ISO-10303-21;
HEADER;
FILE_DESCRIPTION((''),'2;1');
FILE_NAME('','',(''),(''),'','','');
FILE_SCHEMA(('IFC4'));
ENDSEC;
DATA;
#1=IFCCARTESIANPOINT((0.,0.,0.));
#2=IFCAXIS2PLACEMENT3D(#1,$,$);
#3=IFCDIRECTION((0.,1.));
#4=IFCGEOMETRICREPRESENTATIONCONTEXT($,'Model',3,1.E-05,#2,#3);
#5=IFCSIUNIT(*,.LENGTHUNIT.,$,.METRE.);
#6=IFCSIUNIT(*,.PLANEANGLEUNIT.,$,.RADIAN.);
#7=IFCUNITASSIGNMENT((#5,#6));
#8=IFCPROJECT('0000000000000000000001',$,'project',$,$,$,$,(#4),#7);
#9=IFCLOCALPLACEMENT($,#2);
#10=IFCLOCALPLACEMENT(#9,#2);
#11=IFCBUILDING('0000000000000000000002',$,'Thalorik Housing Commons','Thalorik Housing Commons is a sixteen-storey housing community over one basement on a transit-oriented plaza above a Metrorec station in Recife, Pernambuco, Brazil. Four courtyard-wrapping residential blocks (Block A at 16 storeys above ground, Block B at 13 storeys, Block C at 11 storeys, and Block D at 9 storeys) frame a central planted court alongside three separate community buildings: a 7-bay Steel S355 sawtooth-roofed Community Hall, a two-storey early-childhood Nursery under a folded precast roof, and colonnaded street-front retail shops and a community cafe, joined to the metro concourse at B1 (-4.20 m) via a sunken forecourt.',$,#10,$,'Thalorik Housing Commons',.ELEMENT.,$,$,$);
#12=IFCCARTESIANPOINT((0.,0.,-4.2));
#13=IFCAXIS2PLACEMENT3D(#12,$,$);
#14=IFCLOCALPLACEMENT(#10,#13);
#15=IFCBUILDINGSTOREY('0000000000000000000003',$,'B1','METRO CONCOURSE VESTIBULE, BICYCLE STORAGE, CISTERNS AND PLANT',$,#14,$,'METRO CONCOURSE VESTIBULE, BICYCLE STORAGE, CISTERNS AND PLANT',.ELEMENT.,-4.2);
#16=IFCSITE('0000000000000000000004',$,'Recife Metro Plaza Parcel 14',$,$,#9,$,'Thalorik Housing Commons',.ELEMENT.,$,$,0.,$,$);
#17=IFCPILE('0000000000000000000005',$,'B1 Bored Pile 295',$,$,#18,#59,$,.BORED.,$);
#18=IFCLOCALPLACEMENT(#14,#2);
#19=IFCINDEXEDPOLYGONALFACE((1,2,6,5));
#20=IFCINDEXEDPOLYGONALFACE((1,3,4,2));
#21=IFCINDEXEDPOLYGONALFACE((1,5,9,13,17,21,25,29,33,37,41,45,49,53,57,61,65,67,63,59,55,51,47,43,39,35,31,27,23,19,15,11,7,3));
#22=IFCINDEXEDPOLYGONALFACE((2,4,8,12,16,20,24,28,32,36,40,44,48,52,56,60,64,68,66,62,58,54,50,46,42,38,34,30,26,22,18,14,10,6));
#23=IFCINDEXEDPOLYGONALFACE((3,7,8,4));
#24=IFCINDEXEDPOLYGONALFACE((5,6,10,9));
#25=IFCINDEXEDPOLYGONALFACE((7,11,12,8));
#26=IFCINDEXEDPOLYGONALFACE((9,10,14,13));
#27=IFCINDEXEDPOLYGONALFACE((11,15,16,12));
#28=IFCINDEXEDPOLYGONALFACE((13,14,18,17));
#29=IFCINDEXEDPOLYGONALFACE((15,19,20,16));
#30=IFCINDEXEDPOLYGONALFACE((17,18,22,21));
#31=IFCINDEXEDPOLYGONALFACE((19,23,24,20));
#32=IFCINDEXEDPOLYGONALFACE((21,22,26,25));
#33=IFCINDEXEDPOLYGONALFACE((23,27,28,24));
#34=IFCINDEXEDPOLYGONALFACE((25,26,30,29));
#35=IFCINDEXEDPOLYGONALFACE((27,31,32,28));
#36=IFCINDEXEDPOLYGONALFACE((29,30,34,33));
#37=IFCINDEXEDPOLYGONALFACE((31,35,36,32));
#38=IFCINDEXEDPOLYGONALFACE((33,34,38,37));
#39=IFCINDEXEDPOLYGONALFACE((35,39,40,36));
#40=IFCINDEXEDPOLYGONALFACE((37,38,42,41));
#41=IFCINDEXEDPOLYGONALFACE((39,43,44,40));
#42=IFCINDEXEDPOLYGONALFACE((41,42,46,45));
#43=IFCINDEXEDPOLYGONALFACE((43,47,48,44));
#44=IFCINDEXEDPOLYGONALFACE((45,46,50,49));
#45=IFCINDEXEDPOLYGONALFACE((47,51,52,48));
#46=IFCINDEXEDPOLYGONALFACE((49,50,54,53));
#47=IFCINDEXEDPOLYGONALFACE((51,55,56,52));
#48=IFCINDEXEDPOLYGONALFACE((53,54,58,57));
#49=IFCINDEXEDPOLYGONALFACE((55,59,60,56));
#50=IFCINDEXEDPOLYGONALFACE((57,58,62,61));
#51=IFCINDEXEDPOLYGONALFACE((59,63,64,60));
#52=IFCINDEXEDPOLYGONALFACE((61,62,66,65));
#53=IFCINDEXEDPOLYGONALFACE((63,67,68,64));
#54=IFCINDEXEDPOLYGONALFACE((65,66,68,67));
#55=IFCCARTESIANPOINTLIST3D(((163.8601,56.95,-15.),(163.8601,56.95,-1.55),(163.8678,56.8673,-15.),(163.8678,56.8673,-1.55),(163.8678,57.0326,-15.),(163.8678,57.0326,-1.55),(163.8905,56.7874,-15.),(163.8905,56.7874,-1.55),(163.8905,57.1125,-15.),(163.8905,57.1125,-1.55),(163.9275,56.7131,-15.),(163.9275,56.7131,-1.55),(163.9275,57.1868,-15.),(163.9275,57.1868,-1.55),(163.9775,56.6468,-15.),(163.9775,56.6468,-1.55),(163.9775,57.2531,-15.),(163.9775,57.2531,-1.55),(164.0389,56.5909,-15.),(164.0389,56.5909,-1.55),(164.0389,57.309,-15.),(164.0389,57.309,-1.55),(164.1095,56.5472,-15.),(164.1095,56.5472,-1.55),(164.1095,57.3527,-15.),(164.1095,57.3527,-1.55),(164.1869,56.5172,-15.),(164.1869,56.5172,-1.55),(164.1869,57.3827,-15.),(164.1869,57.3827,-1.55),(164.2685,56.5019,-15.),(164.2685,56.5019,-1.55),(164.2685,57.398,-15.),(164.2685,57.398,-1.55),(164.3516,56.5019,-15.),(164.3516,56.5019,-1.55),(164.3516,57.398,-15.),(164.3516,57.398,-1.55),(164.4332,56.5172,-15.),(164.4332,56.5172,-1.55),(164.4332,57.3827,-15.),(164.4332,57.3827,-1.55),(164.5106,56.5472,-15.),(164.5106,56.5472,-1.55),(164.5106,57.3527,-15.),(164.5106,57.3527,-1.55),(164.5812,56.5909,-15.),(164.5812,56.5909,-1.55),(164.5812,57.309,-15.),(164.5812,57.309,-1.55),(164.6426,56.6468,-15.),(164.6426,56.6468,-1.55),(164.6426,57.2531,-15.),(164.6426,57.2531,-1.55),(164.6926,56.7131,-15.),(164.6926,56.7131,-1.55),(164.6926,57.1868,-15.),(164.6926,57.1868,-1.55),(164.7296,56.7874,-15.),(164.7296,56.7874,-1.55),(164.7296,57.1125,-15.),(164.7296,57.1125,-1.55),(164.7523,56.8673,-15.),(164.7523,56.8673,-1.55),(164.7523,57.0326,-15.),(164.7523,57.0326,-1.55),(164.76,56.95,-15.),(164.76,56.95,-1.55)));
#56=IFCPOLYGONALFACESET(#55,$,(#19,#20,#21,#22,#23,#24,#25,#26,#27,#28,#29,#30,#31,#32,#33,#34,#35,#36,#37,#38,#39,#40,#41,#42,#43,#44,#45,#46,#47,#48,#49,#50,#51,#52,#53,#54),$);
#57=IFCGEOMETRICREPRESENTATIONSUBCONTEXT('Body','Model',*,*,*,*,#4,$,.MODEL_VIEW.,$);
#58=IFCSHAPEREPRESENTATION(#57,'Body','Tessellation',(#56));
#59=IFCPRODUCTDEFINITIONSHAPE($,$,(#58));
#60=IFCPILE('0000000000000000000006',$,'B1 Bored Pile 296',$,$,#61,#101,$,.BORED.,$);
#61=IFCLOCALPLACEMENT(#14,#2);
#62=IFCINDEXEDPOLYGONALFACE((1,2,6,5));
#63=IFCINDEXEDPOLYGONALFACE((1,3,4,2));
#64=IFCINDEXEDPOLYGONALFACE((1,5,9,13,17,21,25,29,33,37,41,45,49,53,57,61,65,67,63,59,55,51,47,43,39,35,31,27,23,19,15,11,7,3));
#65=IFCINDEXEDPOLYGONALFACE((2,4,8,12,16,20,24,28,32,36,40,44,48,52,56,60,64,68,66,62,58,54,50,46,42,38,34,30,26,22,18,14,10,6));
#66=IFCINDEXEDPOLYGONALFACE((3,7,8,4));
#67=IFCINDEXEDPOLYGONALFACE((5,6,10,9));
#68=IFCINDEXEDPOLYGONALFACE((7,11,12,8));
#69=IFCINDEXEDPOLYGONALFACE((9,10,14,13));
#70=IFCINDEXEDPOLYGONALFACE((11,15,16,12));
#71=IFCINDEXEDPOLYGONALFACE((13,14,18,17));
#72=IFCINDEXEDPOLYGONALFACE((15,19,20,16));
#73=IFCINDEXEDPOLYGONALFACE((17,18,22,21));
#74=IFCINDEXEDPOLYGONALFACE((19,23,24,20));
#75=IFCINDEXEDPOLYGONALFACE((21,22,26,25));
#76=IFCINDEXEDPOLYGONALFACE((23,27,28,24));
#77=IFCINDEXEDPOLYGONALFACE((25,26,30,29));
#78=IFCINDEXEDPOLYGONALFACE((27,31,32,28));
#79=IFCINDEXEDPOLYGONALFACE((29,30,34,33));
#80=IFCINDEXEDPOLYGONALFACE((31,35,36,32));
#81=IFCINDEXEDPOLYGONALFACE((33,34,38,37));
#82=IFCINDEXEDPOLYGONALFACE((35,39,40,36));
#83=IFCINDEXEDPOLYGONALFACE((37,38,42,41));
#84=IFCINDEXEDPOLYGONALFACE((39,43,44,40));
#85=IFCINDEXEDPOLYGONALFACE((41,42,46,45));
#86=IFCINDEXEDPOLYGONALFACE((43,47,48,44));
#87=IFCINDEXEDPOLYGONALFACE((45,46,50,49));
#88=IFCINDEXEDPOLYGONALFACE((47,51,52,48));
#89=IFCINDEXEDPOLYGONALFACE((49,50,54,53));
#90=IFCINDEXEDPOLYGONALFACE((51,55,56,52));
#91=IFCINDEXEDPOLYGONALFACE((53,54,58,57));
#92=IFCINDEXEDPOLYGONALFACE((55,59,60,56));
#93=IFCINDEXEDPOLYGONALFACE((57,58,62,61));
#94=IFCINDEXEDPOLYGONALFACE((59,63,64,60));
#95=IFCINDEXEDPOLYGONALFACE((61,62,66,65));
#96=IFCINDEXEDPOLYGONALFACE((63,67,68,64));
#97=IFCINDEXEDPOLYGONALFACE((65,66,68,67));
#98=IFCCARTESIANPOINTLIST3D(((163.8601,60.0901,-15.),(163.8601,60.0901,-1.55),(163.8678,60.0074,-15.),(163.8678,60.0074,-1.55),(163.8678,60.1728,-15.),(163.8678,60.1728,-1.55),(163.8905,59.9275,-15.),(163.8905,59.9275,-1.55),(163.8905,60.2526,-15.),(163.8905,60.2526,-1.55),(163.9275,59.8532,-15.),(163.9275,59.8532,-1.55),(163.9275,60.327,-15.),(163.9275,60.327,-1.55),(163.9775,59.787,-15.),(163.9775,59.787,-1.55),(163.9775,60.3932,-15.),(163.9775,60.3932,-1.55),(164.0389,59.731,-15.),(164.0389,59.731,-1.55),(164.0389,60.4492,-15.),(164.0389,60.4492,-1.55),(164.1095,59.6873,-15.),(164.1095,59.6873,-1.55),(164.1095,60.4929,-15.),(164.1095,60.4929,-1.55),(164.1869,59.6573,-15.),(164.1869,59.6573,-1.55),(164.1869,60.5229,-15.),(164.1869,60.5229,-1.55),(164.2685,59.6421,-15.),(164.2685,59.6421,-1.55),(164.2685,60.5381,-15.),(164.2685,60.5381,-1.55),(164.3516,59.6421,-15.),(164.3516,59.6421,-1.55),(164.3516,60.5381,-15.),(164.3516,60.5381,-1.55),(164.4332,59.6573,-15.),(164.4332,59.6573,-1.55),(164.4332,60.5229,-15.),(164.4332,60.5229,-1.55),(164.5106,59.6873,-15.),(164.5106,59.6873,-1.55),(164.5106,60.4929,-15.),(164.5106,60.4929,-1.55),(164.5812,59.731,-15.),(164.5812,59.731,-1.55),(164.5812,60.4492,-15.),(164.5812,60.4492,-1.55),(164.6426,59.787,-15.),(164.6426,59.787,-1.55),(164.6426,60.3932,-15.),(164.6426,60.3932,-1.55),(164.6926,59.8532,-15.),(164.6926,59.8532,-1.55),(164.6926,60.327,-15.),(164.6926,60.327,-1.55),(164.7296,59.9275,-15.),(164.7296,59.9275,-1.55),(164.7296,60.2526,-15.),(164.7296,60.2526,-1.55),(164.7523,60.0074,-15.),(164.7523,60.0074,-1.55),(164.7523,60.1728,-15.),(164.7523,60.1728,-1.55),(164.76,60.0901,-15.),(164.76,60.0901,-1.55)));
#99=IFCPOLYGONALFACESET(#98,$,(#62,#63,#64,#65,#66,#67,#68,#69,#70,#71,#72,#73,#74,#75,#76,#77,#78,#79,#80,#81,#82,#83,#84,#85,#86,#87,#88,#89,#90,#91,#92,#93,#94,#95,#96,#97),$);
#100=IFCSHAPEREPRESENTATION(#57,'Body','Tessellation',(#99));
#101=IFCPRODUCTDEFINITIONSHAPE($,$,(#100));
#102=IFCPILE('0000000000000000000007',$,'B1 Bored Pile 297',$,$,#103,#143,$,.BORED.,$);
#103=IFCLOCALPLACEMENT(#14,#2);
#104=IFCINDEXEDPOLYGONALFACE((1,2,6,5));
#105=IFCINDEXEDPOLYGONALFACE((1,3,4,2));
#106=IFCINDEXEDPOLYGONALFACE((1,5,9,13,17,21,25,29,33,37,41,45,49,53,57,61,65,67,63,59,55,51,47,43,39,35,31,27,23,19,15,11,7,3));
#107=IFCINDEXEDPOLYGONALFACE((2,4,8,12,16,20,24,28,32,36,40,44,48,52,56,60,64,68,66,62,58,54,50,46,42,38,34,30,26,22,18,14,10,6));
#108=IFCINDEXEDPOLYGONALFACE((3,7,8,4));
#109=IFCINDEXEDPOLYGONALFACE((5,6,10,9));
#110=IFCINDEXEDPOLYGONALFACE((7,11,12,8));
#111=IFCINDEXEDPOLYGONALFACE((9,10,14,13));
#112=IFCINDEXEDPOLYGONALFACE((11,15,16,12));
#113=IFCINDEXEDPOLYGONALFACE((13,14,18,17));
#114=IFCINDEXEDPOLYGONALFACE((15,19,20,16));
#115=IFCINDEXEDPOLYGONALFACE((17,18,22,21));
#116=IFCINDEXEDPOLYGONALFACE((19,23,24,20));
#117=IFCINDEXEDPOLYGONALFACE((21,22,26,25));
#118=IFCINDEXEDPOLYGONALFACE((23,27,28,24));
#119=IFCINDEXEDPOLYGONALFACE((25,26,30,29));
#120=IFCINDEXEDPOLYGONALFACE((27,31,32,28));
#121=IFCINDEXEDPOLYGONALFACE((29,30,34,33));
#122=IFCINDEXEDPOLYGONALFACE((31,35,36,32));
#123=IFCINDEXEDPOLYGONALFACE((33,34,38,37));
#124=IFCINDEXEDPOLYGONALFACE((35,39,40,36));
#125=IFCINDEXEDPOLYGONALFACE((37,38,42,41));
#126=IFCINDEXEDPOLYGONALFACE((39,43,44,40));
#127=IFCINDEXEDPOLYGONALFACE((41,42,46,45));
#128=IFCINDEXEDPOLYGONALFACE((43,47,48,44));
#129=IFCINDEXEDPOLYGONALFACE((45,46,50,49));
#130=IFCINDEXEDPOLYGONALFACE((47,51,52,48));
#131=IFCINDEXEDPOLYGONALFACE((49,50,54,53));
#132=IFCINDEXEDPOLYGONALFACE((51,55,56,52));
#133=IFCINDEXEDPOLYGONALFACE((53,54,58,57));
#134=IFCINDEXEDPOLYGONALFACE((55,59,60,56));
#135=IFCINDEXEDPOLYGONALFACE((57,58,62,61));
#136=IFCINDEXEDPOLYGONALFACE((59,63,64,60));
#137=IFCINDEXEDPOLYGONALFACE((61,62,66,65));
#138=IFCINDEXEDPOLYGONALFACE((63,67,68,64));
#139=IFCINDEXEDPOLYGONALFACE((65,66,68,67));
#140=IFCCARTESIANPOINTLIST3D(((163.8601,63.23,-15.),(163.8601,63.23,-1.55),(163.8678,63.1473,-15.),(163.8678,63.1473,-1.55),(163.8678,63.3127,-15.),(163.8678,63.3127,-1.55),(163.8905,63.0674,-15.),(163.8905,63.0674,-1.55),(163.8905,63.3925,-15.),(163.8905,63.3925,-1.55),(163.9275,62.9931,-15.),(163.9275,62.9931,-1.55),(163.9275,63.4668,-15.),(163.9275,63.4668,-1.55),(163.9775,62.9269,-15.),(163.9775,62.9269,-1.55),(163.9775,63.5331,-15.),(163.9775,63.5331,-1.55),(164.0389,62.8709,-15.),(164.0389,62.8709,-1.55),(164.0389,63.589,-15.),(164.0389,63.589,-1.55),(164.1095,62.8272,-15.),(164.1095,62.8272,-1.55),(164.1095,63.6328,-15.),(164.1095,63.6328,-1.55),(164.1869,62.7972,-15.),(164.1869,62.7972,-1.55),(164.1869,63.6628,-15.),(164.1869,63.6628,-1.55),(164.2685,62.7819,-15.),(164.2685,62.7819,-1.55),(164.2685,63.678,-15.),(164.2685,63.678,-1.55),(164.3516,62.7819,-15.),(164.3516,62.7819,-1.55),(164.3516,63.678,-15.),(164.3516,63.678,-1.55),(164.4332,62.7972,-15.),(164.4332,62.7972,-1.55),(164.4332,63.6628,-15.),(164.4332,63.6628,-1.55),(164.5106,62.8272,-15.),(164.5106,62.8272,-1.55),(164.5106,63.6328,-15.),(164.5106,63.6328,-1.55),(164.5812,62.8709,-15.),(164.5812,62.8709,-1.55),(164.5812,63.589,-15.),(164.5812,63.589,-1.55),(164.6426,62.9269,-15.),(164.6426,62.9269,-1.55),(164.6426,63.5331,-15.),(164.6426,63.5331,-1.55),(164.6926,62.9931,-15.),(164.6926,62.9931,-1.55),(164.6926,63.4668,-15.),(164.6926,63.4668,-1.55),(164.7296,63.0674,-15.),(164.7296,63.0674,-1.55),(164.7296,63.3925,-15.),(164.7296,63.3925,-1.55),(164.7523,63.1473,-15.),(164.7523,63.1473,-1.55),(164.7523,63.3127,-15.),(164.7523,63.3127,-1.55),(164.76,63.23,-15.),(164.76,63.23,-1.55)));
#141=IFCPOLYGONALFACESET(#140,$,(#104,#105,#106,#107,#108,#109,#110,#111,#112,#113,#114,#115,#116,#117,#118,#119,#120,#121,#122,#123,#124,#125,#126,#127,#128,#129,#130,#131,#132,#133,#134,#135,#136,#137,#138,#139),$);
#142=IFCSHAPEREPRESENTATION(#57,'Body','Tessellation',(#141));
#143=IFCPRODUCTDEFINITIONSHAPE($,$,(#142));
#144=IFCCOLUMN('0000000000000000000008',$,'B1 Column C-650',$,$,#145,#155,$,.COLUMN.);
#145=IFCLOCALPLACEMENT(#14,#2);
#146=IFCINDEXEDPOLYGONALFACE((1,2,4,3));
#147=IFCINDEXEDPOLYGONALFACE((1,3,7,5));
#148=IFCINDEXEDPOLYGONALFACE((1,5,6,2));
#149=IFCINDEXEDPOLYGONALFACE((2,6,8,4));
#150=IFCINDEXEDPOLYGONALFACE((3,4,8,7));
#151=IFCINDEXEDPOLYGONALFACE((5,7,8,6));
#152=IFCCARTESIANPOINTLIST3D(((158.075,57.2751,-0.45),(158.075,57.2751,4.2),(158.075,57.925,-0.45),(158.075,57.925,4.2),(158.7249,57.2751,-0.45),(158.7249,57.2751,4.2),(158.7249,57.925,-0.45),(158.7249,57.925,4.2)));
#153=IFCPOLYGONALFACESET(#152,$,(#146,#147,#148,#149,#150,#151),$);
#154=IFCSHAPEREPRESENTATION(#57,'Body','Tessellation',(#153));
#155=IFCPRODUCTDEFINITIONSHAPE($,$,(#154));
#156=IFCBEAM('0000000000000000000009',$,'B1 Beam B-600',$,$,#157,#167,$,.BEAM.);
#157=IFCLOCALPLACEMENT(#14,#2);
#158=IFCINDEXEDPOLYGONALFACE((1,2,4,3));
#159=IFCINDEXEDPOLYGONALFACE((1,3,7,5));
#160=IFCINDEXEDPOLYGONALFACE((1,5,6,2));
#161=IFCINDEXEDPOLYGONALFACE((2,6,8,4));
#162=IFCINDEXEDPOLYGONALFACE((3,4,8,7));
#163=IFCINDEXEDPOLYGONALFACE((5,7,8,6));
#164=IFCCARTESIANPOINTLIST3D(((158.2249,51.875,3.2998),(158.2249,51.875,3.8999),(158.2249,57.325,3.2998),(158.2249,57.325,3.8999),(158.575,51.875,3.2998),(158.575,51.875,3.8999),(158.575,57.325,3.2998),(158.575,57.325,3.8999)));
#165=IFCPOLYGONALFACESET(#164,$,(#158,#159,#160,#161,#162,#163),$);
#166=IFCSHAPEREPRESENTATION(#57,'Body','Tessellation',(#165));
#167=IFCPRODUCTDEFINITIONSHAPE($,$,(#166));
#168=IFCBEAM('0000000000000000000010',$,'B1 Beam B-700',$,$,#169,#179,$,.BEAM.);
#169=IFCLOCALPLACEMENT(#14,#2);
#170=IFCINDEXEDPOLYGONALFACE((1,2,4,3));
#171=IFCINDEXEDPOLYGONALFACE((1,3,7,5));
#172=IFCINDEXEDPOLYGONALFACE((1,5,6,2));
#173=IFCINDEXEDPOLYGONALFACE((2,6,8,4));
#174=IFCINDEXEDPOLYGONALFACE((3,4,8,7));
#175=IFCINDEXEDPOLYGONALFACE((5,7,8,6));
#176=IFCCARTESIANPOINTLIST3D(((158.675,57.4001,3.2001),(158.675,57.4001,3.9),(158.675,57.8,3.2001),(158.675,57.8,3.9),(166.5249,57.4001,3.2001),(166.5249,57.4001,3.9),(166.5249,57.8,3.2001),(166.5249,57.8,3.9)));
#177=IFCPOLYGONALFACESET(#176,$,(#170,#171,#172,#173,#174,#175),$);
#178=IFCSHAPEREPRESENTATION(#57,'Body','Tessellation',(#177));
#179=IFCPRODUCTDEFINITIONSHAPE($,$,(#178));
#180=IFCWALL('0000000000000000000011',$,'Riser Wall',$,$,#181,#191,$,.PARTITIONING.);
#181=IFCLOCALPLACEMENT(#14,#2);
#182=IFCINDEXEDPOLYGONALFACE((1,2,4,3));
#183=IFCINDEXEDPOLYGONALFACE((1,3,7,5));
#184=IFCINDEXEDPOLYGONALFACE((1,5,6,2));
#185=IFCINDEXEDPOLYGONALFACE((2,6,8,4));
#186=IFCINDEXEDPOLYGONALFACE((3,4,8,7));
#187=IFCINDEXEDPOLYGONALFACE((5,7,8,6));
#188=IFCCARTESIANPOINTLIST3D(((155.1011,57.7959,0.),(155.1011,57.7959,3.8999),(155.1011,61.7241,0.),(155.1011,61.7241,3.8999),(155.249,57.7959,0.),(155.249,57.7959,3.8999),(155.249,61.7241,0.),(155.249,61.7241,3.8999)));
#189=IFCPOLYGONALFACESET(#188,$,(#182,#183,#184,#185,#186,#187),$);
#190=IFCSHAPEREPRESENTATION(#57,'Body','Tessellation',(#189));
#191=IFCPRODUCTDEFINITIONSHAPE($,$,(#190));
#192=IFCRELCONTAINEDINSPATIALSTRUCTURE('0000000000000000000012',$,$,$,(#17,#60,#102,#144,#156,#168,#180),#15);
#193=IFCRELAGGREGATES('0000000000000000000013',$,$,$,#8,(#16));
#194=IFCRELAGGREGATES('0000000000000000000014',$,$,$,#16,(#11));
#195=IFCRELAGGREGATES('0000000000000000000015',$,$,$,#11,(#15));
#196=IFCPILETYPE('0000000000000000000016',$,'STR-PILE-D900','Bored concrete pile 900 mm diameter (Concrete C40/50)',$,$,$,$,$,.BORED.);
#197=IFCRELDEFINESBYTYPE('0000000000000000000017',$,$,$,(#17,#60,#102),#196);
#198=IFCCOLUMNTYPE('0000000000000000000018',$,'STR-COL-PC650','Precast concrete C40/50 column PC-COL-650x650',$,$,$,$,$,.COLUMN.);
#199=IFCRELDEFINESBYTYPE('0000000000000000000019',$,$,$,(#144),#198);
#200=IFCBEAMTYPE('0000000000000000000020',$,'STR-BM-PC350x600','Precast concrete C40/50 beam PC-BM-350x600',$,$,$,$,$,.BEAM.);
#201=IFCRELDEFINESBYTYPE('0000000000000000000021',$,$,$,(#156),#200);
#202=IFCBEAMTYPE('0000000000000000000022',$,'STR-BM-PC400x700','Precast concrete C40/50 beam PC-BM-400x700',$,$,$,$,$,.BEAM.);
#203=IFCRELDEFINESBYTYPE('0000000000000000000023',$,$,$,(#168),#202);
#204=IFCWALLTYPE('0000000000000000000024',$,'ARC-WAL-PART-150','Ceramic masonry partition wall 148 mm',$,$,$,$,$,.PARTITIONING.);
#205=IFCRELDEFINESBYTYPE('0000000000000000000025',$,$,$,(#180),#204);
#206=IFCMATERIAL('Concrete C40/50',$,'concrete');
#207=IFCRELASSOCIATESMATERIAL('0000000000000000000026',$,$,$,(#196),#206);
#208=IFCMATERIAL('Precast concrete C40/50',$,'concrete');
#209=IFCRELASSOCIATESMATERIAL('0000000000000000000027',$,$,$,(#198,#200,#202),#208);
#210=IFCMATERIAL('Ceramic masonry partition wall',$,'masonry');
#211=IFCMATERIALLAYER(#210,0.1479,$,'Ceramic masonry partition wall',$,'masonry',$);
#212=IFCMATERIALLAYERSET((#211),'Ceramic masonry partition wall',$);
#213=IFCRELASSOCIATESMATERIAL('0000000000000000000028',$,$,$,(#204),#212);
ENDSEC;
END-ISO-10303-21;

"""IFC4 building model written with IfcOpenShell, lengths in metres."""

from ifc_helpers import new_model, si_unit, direction, frame, frame_2d, origin, origin_2d, place, context, subcontext, project, spatial, rectangle, circle, extrude, material, layer, layer_set, material_profile, profile_set, type_object, element, save


model = new_model("IFC4")

# Units and contexts
model_context = context("Model", 3, precision=1e-05, world=origin(), true_north=direction((0.0, 1.0)))
body_context = subcontext(model_context, "Body", "Model", "MODEL_VIEW")
ifc_project = project(units=[si_unit("LENGTHUNIT", "METRE"), si_unit("PLANEANGLEUNIT", "RADIAN")], contexts=[model_context])

# Site, building, storey
site_placement = place(None, origin())
site = spatial("IfcSite", under=ifc_project, at=site_placement, Name="Recife Metro Plaza Parcel 14", LongName="Thalorik Housing Commons", CompositionType="ELEMENT", RefElevation=0.0)
building_placement = place(site_placement, origin())
building = spatial("IfcBuilding", under=site, at=building_placement, Name="Thalorik Housing Commons", Description="Thalorik Housing Commons is a sixteen-storey housing community over one basement on a transit-oriented plaza above a Metrorec station in Recife, Pernambuco, Brazil. Four courtyard-wrapping residential blocks (Block A at 16 storeys above ground, Block B at 13 storeys, Block C at 11 storeys, and Block D at 9 storeys) frame a central planted court alongside three separate community buildings: a 7-bay Steel S355 sawtooth-roofed Community Hall, a two-storey early-childhood Nursery under a folded precast roof, and colonnaded street-front retail shops and a community cafe, joined to the metro concourse at B1 (-4.20 m) via a sunken forecourt.", LongName="Thalorik Housing Commons", CompositionType="ELEMENT")
storey_placement = place(building_placement, frame((0.0, 0.0, -4.2)))
storey = spatial("IfcBuildingStorey", under=building, at=storey_placement, Name="B1", Description="METRO CONCOURSE VESTIBULE, BICYCLE STORAGE, CISTERNS AND PLANT", LongName="METRO CONCOURSE VESTIBULE, BICYCLE STORAGE, CISTERNS AND PLANT", CompositionType="ELEMENT", Elevation=-4.2)

# Shared definitions
ifc_material_1 = material(Name="Concrete C40/50", Category="concrete")

# Piles
ifc_material_profile_1 = material_profile(ifc_material_1, circle(Radius=0.45, at=origin_2d()), Name="BORED PILE D900", Category="concrete")
ifc_profile_set_1 = profile_set([ifc_material_profile_1], Name="Concrete C40/50")
pile_type = type_object("IfcPileType", Name="STR-PILE-D900", Description="Bored concrete pile 900 mm diameter (Concrete C40/50)", PredefinedType="BORED", material=ifc_profile_set_1)
for number, where, z_axis, x_axis, name in (
    (1, (164.3101, 56.95, -1.55), (0.0, 0.0, -1.0), (1.0, 0.0, 0.0), "B1 Bored Pile 295"),
    (2, (164.3101, 60.0901, -1.55), (0.0, 0.0, -1.0), (1.0, 0.0, 0.0), "B1 Bored Pile 296"),
    (3, (164.3101, 63.23, -1.55), (0.0, 0.0, -1.0), (1.0, 0.0, 0.0), "B1 Bored Pile 297"),
):
    element("IfcPile", number, at=place(storey_placement, frame(where, z_axis=z_axis, x_axis=x_axis)), inside=storey, type_object=pile_type, Name=name, PredefinedType="BORED", context=body_context, shape_type="SweptSolid", body=[
        extrude(circle(Radius=0.45, at=origin_2d()), origin(), (0.0, 0.0, 1.0), 13.45),
    ])

# Column
ifc_material_2 = material(Name="Precast concrete C40/50", Category="concrete")
ifc_material_profile_2 = material_profile(ifc_material_2, rectangle(XDim=0.6499, YDim=0.6499, at=origin_2d()), Name="PC 650x650", Category="concrete")
ifc_profile_set_2 = profile_set([ifc_material_profile_2], Name="Precast concrete C40/50")
column_type = type_object("IfcColumnType", Name="STR-COL-PC650", Description="Precast concrete C40/50 column PC-COL-650x650", PredefinedType="COLUMN", material=ifc_profile_set_2)
column_placement = place(storey_placement, frame((158.3999, 57.6001, -0.45), z_axis=(0.0, 0.0, 1.0), x_axis=(1.0, 0.0, 0.0)))
element("IfcColumn", 4, at=column_placement, inside=storey, type_object=column_type, Name="B1 Column C-650", PredefinedType="COLUMN", context=body_context, shape_type="SweptSolid", body=[
    extrude(rectangle(XDim=0.6499, YDim=0.6499, at=origin_2d()), origin(), (0.0, 0.0, 1.0), 4.6499),
])

# Beams
ifc_material_profile_3 = material_profile(ifc_material_2, rectangle(XDim=0.3501, YDim=0.6001, at=origin_2d()), Name="PC 350x600", Category="concrete")
ifc_profile_set_3 = profile_set([ifc_material_profile_3], Name="Precast concrete C40/50")
beam_type_1 = type_object("IfcBeamType", Name="STR-BM-PC350x600", Description="Precast concrete C40/50 beam PC-BM-350x600", PredefinedType="BEAM", material=ifc_profile_set_3)
beam_1_placement = place(storey_placement, frame((158.3999, 51.875, 3.5999), z_axis=(0.0, 1.0, 0.0), x_axis=(-1.0, 0.0, 0.0)))
element("IfcBeam", 5, at=beam_1_placement, inside=storey, type_object=beam_type_1, Name="B1 Beam B-600", PredefinedType="BEAM", context=body_context, shape_type="SweptSolid", body=[
    extrude(rectangle(XDim=0.3501, YDim=0.6001, at=origin_2d()), origin(), (0.0, 0.0, 1.0), 5.45),
])
ifc_material_profile_4 = material_profile(ifc_material_2, rectangle(XDim=0.3999, YDim=0.7, at=origin_2d()), Name="PC 400x700", Category="concrete")
ifc_profile_set_4 = profile_set([ifc_material_profile_4], Name="Precast concrete C40/50")
beam_type_2 = type_object("IfcBeamType", Name="STR-BM-PC400x700", Description="Precast concrete C40/50 beam PC-BM-400x700", PredefinedType="BEAM", material=ifc_profile_set_4)
beam_2_placement = place(storey_placement, frame((158.675, 57.6001, 3.55), z_axis=(1.0, 0.0, 0.0), x_axis=(0.0, 1.0, 0.0)))
element("IfcBeam", 6, at=beam_2_placement, inside=storey, type_object=beam_type_2, Name="B1 Beam B-700", PredefinedType="BEAM", context=body_context, shape_type="SweptSolid", body=[
    extrude(rectangle(XDim=0.3999, YDim=0.7, at=origin_2d()), origin(), (0.0, 0.0, 1.0), 7.8499),
])

# Wall
ifc_material_3 = material(Name="Ceramic masonry partition wall", Category="masonry")
ifc_layer = layer(ifc_material_3, 0.1479, Name="Ceramic masonry partition wall", Category="masonry")
ifc_layer_set = layer_set([ifc_layer], Name="Ceramic masonry partition wall")
wall_type = type_object("IfcWallType", Name="ARC-WAL-PART-150", Description="Ceramic masonry partition wall 148 mm", PredefinedType="PARTITIONING", material=ifc_layer_set)
for number, where, z_axis, x_axis, name in (
    (7, (155.175, 61.7241, 0.0), (0.0, 0.0, 1.0), (0.0, -1.0, 0.0), "Riser Wall"),
):
    element("IfcWall", number, at=place(storey_placement, frame(where, z_axis=z_axis, x_axis=x_axis)), inside=storey, type_object=wall_type, Name=name, PredefinedType="PARTITIONING", context=body_context, shape_type="SweptSolid", body=[
        extrude(rectangle(XDim=3.9282, YDim=0.1479, at=frame_2d((1.9641, 0.0))), origin(), (0.0, 0.0, 1.0), 3.8999),
    ])

save(model, "model.ifc")
